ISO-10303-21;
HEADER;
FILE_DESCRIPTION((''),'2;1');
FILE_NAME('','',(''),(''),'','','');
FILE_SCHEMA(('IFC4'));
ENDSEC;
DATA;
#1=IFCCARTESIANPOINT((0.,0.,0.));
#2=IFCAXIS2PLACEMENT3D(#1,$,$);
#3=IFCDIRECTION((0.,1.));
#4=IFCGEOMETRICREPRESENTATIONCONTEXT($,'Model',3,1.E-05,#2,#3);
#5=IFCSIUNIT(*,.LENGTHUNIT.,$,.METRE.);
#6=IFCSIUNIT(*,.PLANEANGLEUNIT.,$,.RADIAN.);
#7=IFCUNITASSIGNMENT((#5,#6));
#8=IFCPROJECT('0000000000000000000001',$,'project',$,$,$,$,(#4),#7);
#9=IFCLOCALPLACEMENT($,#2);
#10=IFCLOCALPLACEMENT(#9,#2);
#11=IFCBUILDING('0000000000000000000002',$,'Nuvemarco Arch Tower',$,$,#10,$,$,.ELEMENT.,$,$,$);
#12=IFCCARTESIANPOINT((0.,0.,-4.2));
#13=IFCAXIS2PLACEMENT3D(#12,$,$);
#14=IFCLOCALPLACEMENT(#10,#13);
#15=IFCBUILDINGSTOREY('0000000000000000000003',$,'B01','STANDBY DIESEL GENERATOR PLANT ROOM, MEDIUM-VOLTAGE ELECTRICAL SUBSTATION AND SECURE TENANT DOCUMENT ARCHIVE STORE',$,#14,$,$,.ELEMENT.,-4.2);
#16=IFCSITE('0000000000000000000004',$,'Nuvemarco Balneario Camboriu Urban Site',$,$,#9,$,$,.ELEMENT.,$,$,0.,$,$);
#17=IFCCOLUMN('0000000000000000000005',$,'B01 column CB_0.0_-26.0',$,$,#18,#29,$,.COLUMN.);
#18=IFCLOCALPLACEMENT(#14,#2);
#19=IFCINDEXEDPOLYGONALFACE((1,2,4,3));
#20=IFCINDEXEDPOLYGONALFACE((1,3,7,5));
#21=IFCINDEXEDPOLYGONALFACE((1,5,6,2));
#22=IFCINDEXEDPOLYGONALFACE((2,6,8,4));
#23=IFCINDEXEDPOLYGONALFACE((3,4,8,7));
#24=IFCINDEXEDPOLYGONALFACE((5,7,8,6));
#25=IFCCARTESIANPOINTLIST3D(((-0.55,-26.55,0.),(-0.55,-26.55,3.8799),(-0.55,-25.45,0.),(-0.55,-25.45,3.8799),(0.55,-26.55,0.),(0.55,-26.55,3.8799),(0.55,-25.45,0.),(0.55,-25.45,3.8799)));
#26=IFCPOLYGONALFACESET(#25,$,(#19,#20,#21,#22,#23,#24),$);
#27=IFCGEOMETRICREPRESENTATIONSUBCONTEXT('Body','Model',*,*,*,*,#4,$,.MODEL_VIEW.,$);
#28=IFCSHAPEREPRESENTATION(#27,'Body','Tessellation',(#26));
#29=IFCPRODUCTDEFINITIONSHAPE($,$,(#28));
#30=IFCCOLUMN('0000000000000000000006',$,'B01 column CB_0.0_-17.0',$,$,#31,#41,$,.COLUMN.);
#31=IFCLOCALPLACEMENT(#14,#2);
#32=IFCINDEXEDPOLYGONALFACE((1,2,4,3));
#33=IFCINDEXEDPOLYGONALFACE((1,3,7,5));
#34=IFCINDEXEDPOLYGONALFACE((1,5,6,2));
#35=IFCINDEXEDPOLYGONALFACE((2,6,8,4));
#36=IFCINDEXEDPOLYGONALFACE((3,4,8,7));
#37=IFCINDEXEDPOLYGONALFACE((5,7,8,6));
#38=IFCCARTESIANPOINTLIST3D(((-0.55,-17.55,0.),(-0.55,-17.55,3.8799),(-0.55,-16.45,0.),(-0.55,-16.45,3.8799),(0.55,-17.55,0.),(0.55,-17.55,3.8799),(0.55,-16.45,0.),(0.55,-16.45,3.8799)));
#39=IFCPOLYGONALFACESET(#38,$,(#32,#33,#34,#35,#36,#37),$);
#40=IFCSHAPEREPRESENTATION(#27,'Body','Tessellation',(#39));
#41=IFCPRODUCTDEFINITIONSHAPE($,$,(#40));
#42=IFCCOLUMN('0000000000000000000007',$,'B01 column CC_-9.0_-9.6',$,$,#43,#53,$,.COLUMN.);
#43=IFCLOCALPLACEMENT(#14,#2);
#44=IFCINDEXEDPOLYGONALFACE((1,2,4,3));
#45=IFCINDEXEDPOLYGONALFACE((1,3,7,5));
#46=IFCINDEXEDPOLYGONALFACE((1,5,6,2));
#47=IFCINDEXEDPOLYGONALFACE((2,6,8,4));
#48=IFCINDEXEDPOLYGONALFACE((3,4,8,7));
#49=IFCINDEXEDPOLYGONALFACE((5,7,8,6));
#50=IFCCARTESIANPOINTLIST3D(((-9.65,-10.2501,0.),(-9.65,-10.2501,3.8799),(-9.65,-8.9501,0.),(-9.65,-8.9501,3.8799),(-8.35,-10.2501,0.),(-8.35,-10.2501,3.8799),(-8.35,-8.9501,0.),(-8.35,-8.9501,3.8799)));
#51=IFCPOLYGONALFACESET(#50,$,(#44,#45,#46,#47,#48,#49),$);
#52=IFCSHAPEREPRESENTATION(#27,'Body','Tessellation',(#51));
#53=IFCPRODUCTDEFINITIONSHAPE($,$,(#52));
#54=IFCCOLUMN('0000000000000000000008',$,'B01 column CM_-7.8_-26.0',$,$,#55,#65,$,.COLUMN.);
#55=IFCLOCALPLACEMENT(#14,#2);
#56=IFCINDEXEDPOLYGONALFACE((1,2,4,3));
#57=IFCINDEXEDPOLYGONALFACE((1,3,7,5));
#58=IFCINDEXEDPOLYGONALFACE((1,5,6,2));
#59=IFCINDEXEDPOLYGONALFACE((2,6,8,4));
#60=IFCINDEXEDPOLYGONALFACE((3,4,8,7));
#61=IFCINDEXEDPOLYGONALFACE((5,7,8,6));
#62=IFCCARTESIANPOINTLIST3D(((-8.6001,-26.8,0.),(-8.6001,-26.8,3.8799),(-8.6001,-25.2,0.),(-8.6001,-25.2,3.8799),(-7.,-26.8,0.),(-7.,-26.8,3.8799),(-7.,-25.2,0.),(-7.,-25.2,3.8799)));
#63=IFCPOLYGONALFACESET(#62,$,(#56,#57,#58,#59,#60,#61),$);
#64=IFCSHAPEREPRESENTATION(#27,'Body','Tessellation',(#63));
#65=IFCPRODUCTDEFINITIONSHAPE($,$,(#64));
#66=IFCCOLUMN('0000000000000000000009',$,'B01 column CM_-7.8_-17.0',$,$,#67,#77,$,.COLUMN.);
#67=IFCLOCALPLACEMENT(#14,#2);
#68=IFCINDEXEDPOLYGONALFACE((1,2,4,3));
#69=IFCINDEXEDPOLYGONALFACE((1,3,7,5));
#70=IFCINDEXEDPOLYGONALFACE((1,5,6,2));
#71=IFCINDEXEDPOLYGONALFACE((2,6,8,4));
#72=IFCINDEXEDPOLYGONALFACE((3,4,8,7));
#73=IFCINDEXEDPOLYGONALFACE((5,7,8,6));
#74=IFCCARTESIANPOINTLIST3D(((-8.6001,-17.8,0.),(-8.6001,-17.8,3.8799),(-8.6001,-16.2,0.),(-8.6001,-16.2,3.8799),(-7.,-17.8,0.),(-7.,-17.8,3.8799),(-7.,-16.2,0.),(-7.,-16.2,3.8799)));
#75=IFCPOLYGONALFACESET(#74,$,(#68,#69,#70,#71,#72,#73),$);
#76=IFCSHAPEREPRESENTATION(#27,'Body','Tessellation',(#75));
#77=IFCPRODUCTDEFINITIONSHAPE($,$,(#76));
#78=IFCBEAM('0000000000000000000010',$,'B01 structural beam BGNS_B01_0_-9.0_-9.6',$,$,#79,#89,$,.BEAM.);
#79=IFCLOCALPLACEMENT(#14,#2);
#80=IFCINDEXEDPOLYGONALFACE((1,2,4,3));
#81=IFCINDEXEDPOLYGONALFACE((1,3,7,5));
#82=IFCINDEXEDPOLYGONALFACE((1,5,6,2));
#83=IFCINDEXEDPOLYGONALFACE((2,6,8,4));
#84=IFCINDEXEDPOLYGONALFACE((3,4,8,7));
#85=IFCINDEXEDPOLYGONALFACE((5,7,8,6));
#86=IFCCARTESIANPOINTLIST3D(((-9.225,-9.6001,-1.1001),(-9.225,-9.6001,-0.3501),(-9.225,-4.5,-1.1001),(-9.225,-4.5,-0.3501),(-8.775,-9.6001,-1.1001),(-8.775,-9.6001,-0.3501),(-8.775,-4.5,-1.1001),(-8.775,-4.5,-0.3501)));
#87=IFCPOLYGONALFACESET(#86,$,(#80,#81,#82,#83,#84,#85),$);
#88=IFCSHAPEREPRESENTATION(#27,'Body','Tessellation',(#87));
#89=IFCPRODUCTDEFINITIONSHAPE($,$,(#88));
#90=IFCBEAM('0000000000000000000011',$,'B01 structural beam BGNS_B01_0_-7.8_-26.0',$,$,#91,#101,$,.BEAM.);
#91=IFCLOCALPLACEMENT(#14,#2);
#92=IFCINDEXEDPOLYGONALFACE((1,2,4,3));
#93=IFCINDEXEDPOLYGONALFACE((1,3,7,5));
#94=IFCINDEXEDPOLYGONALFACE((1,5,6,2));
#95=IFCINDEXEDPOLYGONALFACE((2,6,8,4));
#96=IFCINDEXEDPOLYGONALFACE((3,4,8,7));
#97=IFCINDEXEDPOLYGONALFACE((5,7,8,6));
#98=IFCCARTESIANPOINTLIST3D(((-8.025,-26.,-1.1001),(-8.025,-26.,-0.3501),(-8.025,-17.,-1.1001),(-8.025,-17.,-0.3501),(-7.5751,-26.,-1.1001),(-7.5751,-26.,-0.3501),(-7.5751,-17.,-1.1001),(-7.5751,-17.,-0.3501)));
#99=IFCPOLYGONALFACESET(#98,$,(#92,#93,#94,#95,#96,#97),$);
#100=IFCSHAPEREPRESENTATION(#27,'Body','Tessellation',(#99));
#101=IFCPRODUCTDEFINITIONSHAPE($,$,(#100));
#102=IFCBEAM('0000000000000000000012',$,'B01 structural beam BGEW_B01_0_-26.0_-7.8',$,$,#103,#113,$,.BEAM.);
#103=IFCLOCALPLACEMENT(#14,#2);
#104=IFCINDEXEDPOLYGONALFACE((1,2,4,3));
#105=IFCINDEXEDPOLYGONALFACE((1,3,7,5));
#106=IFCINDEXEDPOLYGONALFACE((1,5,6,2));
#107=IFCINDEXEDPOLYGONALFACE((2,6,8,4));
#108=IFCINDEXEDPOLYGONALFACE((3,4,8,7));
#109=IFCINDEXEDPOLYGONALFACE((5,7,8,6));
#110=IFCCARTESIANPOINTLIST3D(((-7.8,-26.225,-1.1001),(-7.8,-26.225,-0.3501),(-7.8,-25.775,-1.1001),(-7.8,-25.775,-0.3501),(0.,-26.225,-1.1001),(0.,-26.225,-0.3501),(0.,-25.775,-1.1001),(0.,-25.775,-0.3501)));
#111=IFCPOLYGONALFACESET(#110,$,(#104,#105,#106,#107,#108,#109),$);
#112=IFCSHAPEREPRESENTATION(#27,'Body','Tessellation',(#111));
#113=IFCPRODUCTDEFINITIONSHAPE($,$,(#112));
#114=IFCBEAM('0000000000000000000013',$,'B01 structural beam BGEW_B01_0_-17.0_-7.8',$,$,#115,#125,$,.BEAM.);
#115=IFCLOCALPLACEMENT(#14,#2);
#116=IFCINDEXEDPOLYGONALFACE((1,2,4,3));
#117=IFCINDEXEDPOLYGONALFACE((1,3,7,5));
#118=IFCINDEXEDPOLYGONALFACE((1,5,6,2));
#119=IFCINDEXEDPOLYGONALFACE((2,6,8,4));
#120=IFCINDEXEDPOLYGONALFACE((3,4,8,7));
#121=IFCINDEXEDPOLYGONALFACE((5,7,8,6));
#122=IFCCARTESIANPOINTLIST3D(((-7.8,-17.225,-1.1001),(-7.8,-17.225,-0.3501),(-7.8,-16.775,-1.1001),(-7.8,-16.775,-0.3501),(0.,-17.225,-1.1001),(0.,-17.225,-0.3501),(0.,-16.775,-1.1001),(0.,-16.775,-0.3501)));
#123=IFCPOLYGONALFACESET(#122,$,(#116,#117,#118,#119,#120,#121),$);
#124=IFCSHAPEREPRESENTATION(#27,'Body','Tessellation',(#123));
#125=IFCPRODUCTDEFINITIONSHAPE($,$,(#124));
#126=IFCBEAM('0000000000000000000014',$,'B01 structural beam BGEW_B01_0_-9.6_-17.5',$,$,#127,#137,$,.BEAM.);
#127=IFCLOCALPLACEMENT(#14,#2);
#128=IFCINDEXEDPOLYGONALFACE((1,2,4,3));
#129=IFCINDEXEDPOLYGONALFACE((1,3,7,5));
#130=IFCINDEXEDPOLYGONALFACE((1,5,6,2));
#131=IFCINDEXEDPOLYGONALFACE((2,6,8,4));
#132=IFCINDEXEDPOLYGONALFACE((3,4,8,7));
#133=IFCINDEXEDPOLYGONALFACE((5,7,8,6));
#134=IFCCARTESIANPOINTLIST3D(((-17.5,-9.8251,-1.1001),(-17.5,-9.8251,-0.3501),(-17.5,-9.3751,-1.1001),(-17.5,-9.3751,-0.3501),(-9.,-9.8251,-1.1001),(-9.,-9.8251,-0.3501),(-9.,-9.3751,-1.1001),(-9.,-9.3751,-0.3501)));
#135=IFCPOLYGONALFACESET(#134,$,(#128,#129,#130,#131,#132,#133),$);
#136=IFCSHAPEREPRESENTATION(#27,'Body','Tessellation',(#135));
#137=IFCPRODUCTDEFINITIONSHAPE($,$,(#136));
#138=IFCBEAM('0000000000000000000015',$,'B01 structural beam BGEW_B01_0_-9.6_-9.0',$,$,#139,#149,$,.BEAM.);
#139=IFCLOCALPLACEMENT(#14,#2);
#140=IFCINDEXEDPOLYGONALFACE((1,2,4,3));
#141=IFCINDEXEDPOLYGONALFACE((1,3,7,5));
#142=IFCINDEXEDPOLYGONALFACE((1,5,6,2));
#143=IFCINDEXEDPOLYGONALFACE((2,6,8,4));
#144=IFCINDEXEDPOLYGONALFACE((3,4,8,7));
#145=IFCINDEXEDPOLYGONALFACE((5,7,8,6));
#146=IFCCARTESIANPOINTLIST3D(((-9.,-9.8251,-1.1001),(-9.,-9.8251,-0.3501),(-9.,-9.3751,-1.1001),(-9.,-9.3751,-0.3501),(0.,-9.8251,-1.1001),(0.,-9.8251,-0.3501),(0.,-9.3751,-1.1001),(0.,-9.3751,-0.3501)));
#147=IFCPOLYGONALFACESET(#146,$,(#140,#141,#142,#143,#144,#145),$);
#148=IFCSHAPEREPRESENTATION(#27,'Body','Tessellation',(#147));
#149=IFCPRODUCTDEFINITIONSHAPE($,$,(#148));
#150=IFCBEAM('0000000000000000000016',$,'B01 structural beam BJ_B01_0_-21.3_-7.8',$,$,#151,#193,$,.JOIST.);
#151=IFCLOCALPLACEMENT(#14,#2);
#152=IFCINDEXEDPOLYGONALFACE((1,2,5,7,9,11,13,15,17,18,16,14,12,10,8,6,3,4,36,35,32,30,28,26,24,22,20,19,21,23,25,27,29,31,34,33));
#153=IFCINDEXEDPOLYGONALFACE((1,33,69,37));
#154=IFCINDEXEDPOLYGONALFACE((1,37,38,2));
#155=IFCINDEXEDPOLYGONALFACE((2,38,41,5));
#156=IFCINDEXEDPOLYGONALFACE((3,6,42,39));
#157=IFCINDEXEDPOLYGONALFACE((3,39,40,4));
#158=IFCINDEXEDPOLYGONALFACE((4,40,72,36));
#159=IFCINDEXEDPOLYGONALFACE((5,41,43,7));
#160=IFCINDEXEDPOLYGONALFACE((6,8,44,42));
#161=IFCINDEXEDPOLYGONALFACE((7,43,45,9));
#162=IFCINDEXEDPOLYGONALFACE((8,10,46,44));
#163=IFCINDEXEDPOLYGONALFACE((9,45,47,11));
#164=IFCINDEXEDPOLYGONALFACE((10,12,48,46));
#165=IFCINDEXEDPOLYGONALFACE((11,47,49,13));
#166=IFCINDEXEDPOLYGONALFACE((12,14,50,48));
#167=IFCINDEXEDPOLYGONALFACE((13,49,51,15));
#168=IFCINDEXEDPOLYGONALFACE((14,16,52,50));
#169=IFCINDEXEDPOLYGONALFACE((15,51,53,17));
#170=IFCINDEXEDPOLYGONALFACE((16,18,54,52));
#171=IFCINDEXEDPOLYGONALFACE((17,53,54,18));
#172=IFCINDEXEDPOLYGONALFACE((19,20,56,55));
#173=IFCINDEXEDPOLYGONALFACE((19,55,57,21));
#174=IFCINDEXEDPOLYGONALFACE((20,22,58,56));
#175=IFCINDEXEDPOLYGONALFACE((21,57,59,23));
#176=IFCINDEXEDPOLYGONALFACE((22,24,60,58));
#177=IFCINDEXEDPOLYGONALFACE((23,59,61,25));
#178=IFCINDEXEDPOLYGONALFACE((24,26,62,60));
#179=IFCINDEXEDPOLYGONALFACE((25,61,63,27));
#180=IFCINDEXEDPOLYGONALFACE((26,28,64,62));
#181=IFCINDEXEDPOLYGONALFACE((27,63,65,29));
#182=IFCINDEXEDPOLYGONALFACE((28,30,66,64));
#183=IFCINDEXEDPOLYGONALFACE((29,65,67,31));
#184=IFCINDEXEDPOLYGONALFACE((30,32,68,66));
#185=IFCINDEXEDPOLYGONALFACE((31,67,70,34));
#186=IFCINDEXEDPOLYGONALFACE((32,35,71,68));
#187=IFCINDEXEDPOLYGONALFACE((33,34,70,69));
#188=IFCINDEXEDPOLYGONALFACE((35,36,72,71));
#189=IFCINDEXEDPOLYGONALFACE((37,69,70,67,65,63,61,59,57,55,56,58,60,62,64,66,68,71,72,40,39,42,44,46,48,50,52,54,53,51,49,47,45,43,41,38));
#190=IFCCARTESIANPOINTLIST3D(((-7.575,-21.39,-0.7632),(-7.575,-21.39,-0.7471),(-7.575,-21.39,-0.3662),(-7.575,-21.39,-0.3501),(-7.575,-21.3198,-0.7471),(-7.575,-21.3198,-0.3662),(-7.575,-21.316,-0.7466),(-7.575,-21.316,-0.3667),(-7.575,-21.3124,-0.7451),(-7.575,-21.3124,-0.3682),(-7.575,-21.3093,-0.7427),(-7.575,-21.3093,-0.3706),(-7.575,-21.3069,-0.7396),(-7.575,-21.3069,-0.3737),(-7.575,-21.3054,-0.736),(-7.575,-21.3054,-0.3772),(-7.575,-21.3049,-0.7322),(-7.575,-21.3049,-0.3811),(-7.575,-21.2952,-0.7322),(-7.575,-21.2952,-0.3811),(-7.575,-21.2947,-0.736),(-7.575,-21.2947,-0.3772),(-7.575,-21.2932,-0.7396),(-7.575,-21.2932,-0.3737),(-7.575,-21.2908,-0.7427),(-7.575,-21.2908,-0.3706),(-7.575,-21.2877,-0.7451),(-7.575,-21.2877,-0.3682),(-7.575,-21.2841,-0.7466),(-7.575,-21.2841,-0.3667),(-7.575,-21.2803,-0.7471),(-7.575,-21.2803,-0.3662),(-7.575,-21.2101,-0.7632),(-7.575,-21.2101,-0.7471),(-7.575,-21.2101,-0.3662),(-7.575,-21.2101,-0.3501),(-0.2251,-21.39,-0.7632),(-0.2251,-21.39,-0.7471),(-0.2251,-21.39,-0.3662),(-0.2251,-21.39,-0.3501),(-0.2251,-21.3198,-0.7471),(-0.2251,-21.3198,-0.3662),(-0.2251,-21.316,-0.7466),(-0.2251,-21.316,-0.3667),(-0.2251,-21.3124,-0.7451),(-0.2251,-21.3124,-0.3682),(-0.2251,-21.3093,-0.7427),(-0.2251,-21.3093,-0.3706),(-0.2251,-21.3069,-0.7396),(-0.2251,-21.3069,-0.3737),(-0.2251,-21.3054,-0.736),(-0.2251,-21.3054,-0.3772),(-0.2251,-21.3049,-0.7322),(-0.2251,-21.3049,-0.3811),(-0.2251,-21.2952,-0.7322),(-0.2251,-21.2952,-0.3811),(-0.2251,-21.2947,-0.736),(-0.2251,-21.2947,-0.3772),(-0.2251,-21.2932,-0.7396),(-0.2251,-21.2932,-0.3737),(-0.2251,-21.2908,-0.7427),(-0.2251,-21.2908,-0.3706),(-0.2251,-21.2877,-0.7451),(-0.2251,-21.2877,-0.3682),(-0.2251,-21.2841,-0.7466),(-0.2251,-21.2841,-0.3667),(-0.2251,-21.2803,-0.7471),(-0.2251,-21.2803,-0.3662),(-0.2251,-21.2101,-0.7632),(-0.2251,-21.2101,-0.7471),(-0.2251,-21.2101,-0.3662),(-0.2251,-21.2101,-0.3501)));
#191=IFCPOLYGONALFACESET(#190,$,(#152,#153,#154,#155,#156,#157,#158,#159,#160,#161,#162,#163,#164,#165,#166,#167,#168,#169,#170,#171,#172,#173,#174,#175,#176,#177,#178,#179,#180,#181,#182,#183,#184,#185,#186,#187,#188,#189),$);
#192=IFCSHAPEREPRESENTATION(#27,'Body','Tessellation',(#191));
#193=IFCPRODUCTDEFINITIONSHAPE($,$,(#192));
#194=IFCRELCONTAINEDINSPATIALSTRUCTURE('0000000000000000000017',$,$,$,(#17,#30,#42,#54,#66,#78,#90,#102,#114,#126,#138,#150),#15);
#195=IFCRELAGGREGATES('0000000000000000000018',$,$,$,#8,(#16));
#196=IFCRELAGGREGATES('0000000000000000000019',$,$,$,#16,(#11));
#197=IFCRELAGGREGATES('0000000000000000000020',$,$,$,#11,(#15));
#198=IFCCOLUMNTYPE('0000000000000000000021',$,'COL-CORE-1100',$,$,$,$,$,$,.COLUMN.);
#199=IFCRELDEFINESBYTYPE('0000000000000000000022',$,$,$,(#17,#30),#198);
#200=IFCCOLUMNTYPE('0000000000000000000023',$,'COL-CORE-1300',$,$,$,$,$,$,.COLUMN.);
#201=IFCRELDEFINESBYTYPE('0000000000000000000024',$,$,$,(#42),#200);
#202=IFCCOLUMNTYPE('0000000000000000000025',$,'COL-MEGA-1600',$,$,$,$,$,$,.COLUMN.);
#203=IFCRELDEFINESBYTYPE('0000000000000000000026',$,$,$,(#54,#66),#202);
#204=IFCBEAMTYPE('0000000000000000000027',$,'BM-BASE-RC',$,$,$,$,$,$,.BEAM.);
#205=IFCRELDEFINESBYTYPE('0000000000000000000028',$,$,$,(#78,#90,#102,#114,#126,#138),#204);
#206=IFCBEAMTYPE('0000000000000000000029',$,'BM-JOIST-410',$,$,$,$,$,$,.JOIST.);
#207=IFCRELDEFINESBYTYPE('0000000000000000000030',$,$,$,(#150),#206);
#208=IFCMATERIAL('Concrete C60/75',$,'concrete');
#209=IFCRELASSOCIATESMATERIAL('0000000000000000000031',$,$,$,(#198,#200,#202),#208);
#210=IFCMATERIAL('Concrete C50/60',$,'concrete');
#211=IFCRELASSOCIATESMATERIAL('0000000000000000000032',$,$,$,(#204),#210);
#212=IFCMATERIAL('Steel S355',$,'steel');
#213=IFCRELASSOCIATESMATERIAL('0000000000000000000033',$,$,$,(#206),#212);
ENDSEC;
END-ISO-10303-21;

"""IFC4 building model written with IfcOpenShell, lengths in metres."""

from ifc_helpers import new_model, si_unit, direction, frame, origin, origin_2d, place, context, subcontext, project, spatial, rectangle, i_section, extrude, material, material_profile, profile_set, type_object, element, save


model = new_model("IFC4")

# Units and contexts
model_context = context("Model", 3, precision=1e-05, world=origin(), true_north=direction((0.0, 1.0)))
body_context = subcontext(model_context, "Body", "Model", "MODEL_VIEW")
ifc_project = project(units=[si_unit("LENGTHUNIT", "METRE"), si_unit("PLANEANGLEUNIT", "RADIAN")], contexts=[model_context])

# Site, building, storey
site_placement = place(None, origin())
site = spatial("IfcSite", under=ifc_project, at=site_placement, Name="Nuvemarco Balneario Camboriu Urban Site", CompositionType="ELEMENT", RefElevation=0.0)
building_placement = place(site_placement, origin())
building = spatial("IfcBuilding", under=site, at=building_placement, Name="Nuvemarco Arch Tower", CompositionType="ELEMENT")
storey_placement = place(building_placement, frame((0.0, 0.0, -4.2)))
storey = spatial("IfcBuildingStorey", under=building, at=storey_placement, Name="B01", Description="STANDBY DIESEL GENERATOR PLANT ROOM, MEDIUM-VOLTAGE ELECTRICAL SUBSTATION AND SECURE TENANT DOCUMENT ARCHIVE STORE", CompositionType="ELEMENT", Elevation=-4.2)

# Columns
ifc_material_1 = material(Name="Concrete C60/75", Category="concrete")
ifc_material_profile_1 = material_profile(ifc_material_1, rectangle(XDim=1.1001, YDim=1.1001, at=origin_2d()), Name="RC-COL-1100x1100")
ifc_profile_set_1 = profile_set([ifc_material_profile_1], Name="Concrete C60/75")
column_type_1 = type_object("IfcColumnType", Name="COL-CORE-1100", PredefinedType="COLUMN", material=ifc_profile_set_1)
for number, where, z_axis, x_axis, name in (
    (1, (0.0, -26.0, 0.0), (0.0, 0.0, 1.0), (1.0, 0.0, 0.0), "B01 column CB_0.0_-26.0"),
    (2, (0.0, -17.0, 0.0), (0.0, 0.0, 1.0), (1.0, 0.0, 0.0), "B01 column CB_0.0_-17.0"),
):
    element("IfcColumn", number, at=place(storey_placement, frame(where, z_axis=z_axis, x_axis=x_axis)), inside=storey, type_object=column_type_1, Name=name, PredefinedType="COLUMN", context=body_context, shape_type="SweptSolid", body=[
        extrude(rectangle(XDim=1.1001, YDim=1.1001, at=origin_2d()), origin(), (0.0, 0.0, 1.0), 3.8799),
    ])
ifc_material_profile_2 = material_profile(ifc_material_1, rectangle(XDim=1.3, YDim=1.3, at=origin_2d()), Name="RC-COL-1300x1300")
ifc_profile_set_2 = profile_set([ifc_material_profile_2], Name="Concrete C60/75")
column_type_2 = type_object("IfcColumnType", Name="COL-CORE-1300", PredefinedType="COLUMN", material=ifc_profile_set_2)
column_placement = place(storey_placement, frame((-9.0, -9.6001, 0.0), z_axis=(0.0, 0.0, 1.0), x_axis=(1.0, 0.0, 0.0)))
element("IfcColumn", 3, at=column_placement, inside=storey, type_object=column_type_2, Name="B01 column CC_-9.0_-9.6", PredefinedType="COLUMN", context=body_context, shape_type="SweptSolid", body=[
    extrude(rectangle(XDim=1.3, YDim=1.3, at=origin_2d()), origin(), (0.0, 0.0, 1.0), 3.8799),
])
ifc_material_profile_3 = material_profile(ifc_material_1, rectangle(XDim=1.6001, YDim=1.6001, at=origin_2d()), Name="RC-COL-1600x1600")
ifc_profile_set_3 = profile_set([ifc_material_profile_3], Name="Concrete C60/75")
column_type_3 = type_object("IfcColumnType", Name="COL-MEGA-1600", PredefinedType="COLUMN", material=ifc_profile_set_3)
for number, where, z_axis, x_axis, name in (
    (4, (-7.8, -26.0, 0.0), (0.0, 0.0, 1.0), (1.0, 0.0, 0.0), "B01 column CM_-7.8_-26.0"),
    (5, (-7.8, -17.0, 0.0), (0.0, 0.0, 1.0), (1.0, 0.0, 0.0), "B01 column CM_-7.8_-17.0"),
):
    element("IfcColumn", number, at=place(storey_placement, frame(where, z_axis=z_axis, x_axis=x_axis)), inside=storey, type_object=column_type_3, Name=name, PredefinedType="COLUMN", context=body_context, shape_type="SweptSolid", body=[
        extrude(rectangle(XDim=1.6001, YDim=1.6001, at=origin_2d()), origin(), (0.0, 0.0, 1.0), 3.8799),
    ])

# Beams
ifc_material_2 = material(Name="Concrete C50/60", Category="concrete")
ifc_material_profile_4 = material_profile(ifc_material_2, rectangle(XDim=0.45, YDim=0.75, at=origin_2d()), Name="RC-BM-450x750")
ifc_profile_set_4 = profile_set([ifc_material_profile_4], Name="Concrete C50/60")
beam_type_1 = type_object("IfcBeamType", Name="BM-BASE-RC", PredefinedType="BEAM", material=ifc_profile_set_4)
beam_1_placement = place(storey_placement, frame((-9.0, -9.6001, -0.7251), z_axis=(0.0, 1.0, 0.0), x_axis=(-1.0, 0.0, 0.0)))
element("IfcBeam", 6, at=beam_1_placement, inside=storey, type_object=beam_type_1, Name="B01 structural beam BGNS_B01_0_-9.0_-9.6", PredefinedType="BEAM", context=body_context, shape_type="SweptSolid", body=[
    extrude(rectangle(XDim=0.45, YDim=0.75, at=origin_2d()), origin(), (0.0, 0.0, 1.0), 5.1001),
])
beam_2_placement = place(storey_placement, frame((-7.8, -26.0, -0.7251), z_axis=(0.0, 1.0, 0.0), x_axis=(-1.0, 0.0, 0.0)))
element("IfcBeam", 7, at=beam_2_placement, inside=storey, type_object=beam_type_1, Name="B01 structural beam BGNS_B01_0_-7.8_-26.0", PredefinedType="BEAM", context=body_context, shape_type="SweptSolid", body=[
    extrude(rectangle(XDim=0.45, YDim=0.75, at=origin_2d()), origin(), (0.0, 0.0, 1.0), 9.0),
])
for number, where, z_axis, x_axis, name in (
    (8, (-7.8, -26.0, -0.7251), (1.0, 0.0, 0.0), (0.0, 1.0, 0.0), "B01 structural beam BGEW_B01_0_-26.0_-7.8"),
    (9, (-7.8, -17.0, -0.7251), (1.0, 0.0, 0.0), (0.0, 1.0, 0.0), "B01 structural beam BGEW_B01_0_-17.0_-7.8"),
):
    element("IfcBeam", number, at=place(storey_placement, frame(where, z_axis=z_axis, x_axis=x_axis)), inside=storey, type_object=beam_type_1, Name=name, PredefinedType="BEAM", context=body_context, shape_type="SweptSolid", body=[
        extrude(rectangle(XDim=0.45, YDim=0.75, at=origin_2d()), origin(), (0.0, 0.0, 1.0), 7.8),
    ])
beam_3_placement = place(storey_placement, frame((-17.5, -9.6001, -0.7251), z_axis=(1.0, 0.0, 0.0), x_axis=(0.0, 1.0, 0.0)))
element("IfcBeam", 10, at=beam_3_placement, inside=storey, type_object=beam_type_1, Name="B01 structural beam BGEW_B01_0_-9.6_-17.5", PredefinedType="BEAM", context=body_context, shape_type="SweptSolid", body=[
    extrude(rectangle(XDim=0.45, YDim=0.75, at=origin_2d()), origin(), (0.0, 0.0, 1.0), 8.5),
])
beam_4_placement = place(storey_placement, frame((-9.0, -9.6001, -0.7251), z_axis=(1.0, 0.0, 0.0), x_axis=(0.0, 1.0, 0.0)))
element("IfcBeam", 11, at=beam_4_placement, inside=storey, type_object=beam_type_1, Name="B01 structural beam BGEW_B01_0_-9.6_-9.0", PredefinedType="BEAM", context=body_context, shape_type="SweptSolid", body=[
    extrude(rectangle(XDim=0.45, YDim=0.75, at=origin_2d()), origin(), (0.0, 0.0, 1.0), 9.0),
])
ifc_material_3 = material(Name="Steel S355", Category="steel")
ifc_material_profile_5 = material_profile(ifc_material_3, i_section(OverallWidth=0.1799, OverallDepth=0.4131, WebThickness=0.0098, FlangeThickness=0.0161, FilletRadius=0.0149, at=origin_2d()), Name="W410x75")
ifc_profile_set_5 = profile_set([ifc_material_profile_5], Name="Steel S355")
beam_type_2 = type_object("IfcBeamType", Name="BM-JOIST-410", PredefinedType="JOIST", material=ifc_profile_set_5)
beam_5_placement = place(storey_placement, frame((-7.575, -21.3, -0.5566), z_axis=(1.0, 0.0, 0.0), x_axis=(0.0, 1.0, 0.0)))
element("IfcBeam", 12, at=beam_5_placement, inside=storey, type_object=beam_type_2, Name="B01 structural beam BJ_B01_0_-21.3_-7.8", PredefinedType="JOIST", context=body_context, shape_type="SweptSolid", body=[
    extrude(i_section(OverallWidth=0.1799, OverallDepth=0.4131, WebThickness=0.0098, FlangeThickness=0.0161, FilletRadius=0.0149, at=origin_2d()), origin(), (0.0, 0.0, 1.0), 7.3499),
])

save(model, "model.ifc")
